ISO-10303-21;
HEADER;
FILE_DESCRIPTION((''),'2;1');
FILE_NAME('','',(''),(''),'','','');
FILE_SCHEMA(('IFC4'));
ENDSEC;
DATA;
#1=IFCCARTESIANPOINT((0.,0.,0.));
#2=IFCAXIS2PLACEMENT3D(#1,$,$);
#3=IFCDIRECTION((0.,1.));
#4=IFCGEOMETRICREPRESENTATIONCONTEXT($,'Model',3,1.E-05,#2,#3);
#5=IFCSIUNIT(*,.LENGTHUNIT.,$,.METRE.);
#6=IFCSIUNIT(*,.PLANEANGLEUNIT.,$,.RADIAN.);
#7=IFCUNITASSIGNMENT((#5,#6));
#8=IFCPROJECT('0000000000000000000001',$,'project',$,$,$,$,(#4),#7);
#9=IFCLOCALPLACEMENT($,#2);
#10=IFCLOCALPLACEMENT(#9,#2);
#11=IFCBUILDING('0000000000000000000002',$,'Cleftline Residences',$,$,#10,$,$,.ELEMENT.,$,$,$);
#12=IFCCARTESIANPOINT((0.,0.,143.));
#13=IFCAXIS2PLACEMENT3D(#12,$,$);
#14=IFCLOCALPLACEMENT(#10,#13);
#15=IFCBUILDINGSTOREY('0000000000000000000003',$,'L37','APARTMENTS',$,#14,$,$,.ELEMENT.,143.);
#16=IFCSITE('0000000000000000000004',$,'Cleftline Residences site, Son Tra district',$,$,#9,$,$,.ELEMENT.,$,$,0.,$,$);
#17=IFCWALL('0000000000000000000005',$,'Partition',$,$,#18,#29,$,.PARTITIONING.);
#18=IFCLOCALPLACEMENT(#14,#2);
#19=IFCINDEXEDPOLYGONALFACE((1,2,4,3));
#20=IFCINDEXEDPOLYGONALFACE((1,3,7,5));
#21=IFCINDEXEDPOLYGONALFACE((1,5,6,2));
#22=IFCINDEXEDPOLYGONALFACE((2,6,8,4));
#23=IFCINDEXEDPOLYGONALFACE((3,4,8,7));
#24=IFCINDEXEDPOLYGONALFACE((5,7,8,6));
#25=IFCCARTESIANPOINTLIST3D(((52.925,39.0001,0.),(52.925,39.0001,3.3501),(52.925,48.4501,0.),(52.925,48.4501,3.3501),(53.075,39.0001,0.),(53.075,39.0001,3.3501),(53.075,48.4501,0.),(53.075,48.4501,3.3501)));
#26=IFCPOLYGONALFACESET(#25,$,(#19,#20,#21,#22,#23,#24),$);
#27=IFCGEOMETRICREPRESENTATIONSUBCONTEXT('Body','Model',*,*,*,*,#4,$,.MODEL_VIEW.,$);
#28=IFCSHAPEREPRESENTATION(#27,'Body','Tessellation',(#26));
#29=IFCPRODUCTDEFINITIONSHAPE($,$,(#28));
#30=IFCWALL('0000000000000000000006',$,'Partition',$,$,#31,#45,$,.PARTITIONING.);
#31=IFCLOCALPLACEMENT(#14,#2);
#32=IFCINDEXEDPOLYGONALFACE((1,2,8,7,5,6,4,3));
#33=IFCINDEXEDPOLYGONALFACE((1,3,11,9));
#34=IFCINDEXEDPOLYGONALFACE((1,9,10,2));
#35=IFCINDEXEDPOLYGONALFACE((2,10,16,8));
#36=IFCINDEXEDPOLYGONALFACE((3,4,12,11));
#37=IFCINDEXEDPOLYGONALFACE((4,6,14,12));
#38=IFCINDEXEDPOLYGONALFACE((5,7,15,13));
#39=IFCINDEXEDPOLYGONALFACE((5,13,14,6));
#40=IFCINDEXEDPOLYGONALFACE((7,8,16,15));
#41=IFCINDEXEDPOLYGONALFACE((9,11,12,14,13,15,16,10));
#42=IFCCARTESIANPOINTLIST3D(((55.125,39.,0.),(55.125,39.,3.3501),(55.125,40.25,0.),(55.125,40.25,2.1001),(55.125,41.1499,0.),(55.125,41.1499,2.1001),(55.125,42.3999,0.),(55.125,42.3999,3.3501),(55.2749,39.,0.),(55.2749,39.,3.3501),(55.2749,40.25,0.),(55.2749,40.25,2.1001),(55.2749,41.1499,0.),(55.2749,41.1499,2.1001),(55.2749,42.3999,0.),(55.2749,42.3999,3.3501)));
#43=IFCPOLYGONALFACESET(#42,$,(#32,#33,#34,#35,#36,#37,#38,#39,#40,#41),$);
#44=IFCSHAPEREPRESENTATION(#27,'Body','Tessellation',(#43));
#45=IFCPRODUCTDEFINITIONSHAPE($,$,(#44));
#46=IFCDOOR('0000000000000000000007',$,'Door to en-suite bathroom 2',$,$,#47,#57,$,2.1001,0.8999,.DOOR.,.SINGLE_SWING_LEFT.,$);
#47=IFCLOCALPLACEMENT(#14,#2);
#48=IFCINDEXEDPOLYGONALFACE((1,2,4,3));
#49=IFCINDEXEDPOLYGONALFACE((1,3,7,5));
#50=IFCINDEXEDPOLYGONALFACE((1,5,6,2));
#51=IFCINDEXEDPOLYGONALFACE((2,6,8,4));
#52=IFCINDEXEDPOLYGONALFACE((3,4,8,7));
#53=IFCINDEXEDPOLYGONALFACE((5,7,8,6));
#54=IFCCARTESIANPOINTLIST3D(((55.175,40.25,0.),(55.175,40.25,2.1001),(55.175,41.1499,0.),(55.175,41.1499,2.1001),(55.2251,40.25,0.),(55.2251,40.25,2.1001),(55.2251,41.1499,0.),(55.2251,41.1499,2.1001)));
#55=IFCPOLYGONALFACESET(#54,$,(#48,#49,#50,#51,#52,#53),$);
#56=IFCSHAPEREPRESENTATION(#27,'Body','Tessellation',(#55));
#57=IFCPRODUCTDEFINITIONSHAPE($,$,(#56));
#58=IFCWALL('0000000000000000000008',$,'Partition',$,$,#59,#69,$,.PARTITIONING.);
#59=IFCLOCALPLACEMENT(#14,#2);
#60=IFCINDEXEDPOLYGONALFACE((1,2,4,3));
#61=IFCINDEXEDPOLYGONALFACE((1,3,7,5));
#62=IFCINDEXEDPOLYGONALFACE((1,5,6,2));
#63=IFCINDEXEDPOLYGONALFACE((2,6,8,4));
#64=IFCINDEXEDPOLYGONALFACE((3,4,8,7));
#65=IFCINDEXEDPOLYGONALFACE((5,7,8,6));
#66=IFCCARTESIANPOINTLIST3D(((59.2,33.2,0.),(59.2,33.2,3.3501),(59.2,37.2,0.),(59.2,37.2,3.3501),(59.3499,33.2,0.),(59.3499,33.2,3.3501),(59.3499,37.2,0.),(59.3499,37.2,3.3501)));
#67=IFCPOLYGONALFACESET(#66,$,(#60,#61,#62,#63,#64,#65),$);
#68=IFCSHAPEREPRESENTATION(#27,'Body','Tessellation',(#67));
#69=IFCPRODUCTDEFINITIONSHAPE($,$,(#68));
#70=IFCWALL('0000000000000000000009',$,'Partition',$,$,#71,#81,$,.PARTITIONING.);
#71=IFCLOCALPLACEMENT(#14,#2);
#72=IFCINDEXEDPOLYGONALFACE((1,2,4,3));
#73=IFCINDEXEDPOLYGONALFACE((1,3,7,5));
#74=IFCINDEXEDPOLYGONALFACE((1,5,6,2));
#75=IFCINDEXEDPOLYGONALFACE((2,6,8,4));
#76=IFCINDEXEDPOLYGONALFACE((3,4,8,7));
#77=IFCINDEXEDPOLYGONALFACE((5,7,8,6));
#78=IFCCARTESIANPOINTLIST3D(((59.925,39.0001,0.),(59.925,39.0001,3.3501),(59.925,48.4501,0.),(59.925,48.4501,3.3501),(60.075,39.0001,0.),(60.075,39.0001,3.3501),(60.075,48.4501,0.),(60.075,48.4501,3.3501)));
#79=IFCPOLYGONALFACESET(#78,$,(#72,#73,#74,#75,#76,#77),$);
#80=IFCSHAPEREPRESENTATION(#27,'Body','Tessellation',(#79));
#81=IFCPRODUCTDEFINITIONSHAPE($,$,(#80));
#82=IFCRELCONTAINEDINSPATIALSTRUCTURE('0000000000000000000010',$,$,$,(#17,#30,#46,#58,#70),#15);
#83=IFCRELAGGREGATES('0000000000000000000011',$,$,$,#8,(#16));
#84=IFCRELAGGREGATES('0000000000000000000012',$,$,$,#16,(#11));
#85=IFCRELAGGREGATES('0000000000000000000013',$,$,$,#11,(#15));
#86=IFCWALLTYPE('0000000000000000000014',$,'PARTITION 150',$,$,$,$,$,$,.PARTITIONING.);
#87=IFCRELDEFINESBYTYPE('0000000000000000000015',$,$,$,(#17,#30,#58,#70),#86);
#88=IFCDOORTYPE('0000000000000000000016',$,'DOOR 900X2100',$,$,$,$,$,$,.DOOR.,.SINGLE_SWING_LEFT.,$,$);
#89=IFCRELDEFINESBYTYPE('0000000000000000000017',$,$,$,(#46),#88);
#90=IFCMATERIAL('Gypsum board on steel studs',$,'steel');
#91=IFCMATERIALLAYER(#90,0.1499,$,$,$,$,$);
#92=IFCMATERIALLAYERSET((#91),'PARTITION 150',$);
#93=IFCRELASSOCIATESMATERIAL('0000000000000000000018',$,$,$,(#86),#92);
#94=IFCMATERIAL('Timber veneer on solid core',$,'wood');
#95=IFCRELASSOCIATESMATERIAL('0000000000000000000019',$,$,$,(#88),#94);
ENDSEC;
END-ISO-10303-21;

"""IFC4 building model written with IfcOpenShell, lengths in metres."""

from ifc_helpers import new_model, si_unit, direction, frame, frame_2d, origin, place, context, subcontext, project, spatial, rectangle, extrude, material, layer, layer_set, type_object, element, fill, save


model = new_model("IFC4")

# Units and contexts
model_context = context("Model", 3, precision=1e-05, world=origin(), true_north=direction((0.0, 1.0)))
body_context = subcontext(model_context, "Body", "Model", "MODEL_VIEW")
ifc_project = project(units=[si_unit("LENGTHUNIT", "METRE"), si_unit("PLANEANGLEUNIT", "RADIAN")], contexts=[model_context])

# Site, building, storey
site_placement = place(None, origin())
site = spatial("IfcSite", under=ifc_project, at=site_placement, Name="Cleftline Residences site, Son Tra district", CompositionType="ELEMENT", RefElevation=0.0)
building_placement = place(site_placement, origin())
building = spatial("IfcBuilding", under=site, at=building_placement, Name="Cleftline Residences", CompositionType="ELEMENT")
storey_placement = place(building_placement, frame((0.0, 0.0, 143.0)))
storey = spatial("IfcBuildingStorey", under=building, at=storey_placement, Name="L37", Description="APARTMENTS", CompositionType="ELEMENT", Elevation=143.0)

# Shared definitions
ifc_material_1 = material(Name="Gypsum board on steel studs", Category="steel")
ifc_layer = layer(ifc_material_1, 0.1499)
ifc_layer_set = layer_set([ifc_layer], Name="PARTITION 150")
wall_type = type_object("IfcWallType", Name="PARTITION 150", PredefinedType="PARTITIONING", material=ifc_layer_set)

# Wall
wall_1_placement = place(storey_placement, frame((53.0, 39.0, 0.0), z_axis=(0.0, 0.0, 1.0), x_axis=(0.0, 1.0, 0.0)))
element("IfcWall", 1, at=wall_1_placement, inside=storey, type_object=wall_type, Name="Partition", PredefinedType="PARTITIONING", context=body_context, shape_type="SweptSolid", body=[
    extrude(rectangle(XDim=9.45, YDim=0.1499, at=frame_2d((4.7251, 0.0))), origin(), (0.0, 0.0, 1.0), 3.3501),
])

# Wall, opening, door
wall_2_placement = place(storey_placement, frame((55.2, 39.0, 0.0), z_axis=(0.0, 0.0, 1.0), x_axis=(0.0, 1.0, 0.0)))
wall_2 = element("IfcWall", 2, at=wall_2_placement, inside=storey, type_object=wall_type, Name="Partition", PredefinedType="PARTITIONING", context=body_context, shape_type="SweptSolid", body=[
    extrude(rectangle(XDim=3.3999, YDim=0.1499, at=frame_2d((1.7, 0.0))), origin(), (0.0, 0.0, 1.0), 3.3501),
])
opening_1_placement = place(wall_2_placement, frame((1.25, 0.0, 0.0)))
opening_1 = element("IfcOpeningElement", 3, at=opening_1_placement, cuts=wall_2, PredefinedType="OPENING", context=body_context, shape_type="SweptSolid", body=[
    extrude(rectangle(XDim=0.8999, YDim=2.1001, at=frame_2d((0.45, 1.05))), frame((0.0, 0.085, 0.0), z_axis=(0.0, -1.0, 0.0), x_axis=(1.0, 0.0, 0.0)), (0.0, 0.0, 1.0), 0.1699),
])
ifc_material_2 = material(Name="Timber veneer on solid core", Category="wood")
door_type_1 = type_object("IfcDoorType", Name="DOOR 900X2100", OperationType="SINGLE_SWING_LEFT", PredefinedType="DOOR", material=ifc_material_2)
door_1_placement = place(opening_1_placement, origin())
door_1 = element("IfcDoor", 4, at=door_1_placement, inside=storey, type_object=door_type_1, Name="Door to en-suite bathroom 2", OperationType="SINGLE_SWING_LEFT", OverallHeight=2.1001, OverallWidth=0.8999, PredefinedType="DOOR", context=body_context, shape_type="SweptSolid", body=[
    extrude(rectangle(XDim=0.8999, YDim=2.1001, at=frame_2d((0.45, 1.05))), frame((0.0, 0.0249, 0.0), z_axis=(0.0, -1.0, 0.0), x_axis=(1.0, 0.0, 0.0)), (0.0, 0.0, 1.0), 0.05),
])
fill(opening_1, door_1)

# Walls
wall_3_placement = place(storey_placement, frame((59.2749, 33.2, 0.0), z_axis=(0.0, 0.0, 1.0), x_axis=(0.0, 1.0, 0.0)))
element("IfcWall", 5, at=wall_3_placement, inside=storey, type_object=wall_type, Name="Partition", PredefinedType="PARTITIONING", context=body_context, shape_type="SweptSolid", body=[
    extrude(rectangle(XDim=4.0, YDim=0.1499, at=frame_2d((2.0, 0.0))), origin(), (0.0, 0.0, 1.0), 3.3501),
])
wall_4_placement = place(storey_placement, frame((60.0, 39.0, 0.0), z_axis=(0.0, 0.0, 1.0), x_axis=(0.0, 1.0, 0.0)))
element("IfcWall", 6, at=wall_4_placement, inside=storey, type_object=wall_type, Name="Partition", PredefinedType="PARTITIONING", context=body_context, shape_type="SweptSolid", body=[
    extrude(rectangle(XDim=9.45, YDim=0.1499, at=frame_2d((4.7251, 0.0))), origin(), (0.0, 0.0, 1.0), 3.3501),
])

save(model, "model.ifc")
